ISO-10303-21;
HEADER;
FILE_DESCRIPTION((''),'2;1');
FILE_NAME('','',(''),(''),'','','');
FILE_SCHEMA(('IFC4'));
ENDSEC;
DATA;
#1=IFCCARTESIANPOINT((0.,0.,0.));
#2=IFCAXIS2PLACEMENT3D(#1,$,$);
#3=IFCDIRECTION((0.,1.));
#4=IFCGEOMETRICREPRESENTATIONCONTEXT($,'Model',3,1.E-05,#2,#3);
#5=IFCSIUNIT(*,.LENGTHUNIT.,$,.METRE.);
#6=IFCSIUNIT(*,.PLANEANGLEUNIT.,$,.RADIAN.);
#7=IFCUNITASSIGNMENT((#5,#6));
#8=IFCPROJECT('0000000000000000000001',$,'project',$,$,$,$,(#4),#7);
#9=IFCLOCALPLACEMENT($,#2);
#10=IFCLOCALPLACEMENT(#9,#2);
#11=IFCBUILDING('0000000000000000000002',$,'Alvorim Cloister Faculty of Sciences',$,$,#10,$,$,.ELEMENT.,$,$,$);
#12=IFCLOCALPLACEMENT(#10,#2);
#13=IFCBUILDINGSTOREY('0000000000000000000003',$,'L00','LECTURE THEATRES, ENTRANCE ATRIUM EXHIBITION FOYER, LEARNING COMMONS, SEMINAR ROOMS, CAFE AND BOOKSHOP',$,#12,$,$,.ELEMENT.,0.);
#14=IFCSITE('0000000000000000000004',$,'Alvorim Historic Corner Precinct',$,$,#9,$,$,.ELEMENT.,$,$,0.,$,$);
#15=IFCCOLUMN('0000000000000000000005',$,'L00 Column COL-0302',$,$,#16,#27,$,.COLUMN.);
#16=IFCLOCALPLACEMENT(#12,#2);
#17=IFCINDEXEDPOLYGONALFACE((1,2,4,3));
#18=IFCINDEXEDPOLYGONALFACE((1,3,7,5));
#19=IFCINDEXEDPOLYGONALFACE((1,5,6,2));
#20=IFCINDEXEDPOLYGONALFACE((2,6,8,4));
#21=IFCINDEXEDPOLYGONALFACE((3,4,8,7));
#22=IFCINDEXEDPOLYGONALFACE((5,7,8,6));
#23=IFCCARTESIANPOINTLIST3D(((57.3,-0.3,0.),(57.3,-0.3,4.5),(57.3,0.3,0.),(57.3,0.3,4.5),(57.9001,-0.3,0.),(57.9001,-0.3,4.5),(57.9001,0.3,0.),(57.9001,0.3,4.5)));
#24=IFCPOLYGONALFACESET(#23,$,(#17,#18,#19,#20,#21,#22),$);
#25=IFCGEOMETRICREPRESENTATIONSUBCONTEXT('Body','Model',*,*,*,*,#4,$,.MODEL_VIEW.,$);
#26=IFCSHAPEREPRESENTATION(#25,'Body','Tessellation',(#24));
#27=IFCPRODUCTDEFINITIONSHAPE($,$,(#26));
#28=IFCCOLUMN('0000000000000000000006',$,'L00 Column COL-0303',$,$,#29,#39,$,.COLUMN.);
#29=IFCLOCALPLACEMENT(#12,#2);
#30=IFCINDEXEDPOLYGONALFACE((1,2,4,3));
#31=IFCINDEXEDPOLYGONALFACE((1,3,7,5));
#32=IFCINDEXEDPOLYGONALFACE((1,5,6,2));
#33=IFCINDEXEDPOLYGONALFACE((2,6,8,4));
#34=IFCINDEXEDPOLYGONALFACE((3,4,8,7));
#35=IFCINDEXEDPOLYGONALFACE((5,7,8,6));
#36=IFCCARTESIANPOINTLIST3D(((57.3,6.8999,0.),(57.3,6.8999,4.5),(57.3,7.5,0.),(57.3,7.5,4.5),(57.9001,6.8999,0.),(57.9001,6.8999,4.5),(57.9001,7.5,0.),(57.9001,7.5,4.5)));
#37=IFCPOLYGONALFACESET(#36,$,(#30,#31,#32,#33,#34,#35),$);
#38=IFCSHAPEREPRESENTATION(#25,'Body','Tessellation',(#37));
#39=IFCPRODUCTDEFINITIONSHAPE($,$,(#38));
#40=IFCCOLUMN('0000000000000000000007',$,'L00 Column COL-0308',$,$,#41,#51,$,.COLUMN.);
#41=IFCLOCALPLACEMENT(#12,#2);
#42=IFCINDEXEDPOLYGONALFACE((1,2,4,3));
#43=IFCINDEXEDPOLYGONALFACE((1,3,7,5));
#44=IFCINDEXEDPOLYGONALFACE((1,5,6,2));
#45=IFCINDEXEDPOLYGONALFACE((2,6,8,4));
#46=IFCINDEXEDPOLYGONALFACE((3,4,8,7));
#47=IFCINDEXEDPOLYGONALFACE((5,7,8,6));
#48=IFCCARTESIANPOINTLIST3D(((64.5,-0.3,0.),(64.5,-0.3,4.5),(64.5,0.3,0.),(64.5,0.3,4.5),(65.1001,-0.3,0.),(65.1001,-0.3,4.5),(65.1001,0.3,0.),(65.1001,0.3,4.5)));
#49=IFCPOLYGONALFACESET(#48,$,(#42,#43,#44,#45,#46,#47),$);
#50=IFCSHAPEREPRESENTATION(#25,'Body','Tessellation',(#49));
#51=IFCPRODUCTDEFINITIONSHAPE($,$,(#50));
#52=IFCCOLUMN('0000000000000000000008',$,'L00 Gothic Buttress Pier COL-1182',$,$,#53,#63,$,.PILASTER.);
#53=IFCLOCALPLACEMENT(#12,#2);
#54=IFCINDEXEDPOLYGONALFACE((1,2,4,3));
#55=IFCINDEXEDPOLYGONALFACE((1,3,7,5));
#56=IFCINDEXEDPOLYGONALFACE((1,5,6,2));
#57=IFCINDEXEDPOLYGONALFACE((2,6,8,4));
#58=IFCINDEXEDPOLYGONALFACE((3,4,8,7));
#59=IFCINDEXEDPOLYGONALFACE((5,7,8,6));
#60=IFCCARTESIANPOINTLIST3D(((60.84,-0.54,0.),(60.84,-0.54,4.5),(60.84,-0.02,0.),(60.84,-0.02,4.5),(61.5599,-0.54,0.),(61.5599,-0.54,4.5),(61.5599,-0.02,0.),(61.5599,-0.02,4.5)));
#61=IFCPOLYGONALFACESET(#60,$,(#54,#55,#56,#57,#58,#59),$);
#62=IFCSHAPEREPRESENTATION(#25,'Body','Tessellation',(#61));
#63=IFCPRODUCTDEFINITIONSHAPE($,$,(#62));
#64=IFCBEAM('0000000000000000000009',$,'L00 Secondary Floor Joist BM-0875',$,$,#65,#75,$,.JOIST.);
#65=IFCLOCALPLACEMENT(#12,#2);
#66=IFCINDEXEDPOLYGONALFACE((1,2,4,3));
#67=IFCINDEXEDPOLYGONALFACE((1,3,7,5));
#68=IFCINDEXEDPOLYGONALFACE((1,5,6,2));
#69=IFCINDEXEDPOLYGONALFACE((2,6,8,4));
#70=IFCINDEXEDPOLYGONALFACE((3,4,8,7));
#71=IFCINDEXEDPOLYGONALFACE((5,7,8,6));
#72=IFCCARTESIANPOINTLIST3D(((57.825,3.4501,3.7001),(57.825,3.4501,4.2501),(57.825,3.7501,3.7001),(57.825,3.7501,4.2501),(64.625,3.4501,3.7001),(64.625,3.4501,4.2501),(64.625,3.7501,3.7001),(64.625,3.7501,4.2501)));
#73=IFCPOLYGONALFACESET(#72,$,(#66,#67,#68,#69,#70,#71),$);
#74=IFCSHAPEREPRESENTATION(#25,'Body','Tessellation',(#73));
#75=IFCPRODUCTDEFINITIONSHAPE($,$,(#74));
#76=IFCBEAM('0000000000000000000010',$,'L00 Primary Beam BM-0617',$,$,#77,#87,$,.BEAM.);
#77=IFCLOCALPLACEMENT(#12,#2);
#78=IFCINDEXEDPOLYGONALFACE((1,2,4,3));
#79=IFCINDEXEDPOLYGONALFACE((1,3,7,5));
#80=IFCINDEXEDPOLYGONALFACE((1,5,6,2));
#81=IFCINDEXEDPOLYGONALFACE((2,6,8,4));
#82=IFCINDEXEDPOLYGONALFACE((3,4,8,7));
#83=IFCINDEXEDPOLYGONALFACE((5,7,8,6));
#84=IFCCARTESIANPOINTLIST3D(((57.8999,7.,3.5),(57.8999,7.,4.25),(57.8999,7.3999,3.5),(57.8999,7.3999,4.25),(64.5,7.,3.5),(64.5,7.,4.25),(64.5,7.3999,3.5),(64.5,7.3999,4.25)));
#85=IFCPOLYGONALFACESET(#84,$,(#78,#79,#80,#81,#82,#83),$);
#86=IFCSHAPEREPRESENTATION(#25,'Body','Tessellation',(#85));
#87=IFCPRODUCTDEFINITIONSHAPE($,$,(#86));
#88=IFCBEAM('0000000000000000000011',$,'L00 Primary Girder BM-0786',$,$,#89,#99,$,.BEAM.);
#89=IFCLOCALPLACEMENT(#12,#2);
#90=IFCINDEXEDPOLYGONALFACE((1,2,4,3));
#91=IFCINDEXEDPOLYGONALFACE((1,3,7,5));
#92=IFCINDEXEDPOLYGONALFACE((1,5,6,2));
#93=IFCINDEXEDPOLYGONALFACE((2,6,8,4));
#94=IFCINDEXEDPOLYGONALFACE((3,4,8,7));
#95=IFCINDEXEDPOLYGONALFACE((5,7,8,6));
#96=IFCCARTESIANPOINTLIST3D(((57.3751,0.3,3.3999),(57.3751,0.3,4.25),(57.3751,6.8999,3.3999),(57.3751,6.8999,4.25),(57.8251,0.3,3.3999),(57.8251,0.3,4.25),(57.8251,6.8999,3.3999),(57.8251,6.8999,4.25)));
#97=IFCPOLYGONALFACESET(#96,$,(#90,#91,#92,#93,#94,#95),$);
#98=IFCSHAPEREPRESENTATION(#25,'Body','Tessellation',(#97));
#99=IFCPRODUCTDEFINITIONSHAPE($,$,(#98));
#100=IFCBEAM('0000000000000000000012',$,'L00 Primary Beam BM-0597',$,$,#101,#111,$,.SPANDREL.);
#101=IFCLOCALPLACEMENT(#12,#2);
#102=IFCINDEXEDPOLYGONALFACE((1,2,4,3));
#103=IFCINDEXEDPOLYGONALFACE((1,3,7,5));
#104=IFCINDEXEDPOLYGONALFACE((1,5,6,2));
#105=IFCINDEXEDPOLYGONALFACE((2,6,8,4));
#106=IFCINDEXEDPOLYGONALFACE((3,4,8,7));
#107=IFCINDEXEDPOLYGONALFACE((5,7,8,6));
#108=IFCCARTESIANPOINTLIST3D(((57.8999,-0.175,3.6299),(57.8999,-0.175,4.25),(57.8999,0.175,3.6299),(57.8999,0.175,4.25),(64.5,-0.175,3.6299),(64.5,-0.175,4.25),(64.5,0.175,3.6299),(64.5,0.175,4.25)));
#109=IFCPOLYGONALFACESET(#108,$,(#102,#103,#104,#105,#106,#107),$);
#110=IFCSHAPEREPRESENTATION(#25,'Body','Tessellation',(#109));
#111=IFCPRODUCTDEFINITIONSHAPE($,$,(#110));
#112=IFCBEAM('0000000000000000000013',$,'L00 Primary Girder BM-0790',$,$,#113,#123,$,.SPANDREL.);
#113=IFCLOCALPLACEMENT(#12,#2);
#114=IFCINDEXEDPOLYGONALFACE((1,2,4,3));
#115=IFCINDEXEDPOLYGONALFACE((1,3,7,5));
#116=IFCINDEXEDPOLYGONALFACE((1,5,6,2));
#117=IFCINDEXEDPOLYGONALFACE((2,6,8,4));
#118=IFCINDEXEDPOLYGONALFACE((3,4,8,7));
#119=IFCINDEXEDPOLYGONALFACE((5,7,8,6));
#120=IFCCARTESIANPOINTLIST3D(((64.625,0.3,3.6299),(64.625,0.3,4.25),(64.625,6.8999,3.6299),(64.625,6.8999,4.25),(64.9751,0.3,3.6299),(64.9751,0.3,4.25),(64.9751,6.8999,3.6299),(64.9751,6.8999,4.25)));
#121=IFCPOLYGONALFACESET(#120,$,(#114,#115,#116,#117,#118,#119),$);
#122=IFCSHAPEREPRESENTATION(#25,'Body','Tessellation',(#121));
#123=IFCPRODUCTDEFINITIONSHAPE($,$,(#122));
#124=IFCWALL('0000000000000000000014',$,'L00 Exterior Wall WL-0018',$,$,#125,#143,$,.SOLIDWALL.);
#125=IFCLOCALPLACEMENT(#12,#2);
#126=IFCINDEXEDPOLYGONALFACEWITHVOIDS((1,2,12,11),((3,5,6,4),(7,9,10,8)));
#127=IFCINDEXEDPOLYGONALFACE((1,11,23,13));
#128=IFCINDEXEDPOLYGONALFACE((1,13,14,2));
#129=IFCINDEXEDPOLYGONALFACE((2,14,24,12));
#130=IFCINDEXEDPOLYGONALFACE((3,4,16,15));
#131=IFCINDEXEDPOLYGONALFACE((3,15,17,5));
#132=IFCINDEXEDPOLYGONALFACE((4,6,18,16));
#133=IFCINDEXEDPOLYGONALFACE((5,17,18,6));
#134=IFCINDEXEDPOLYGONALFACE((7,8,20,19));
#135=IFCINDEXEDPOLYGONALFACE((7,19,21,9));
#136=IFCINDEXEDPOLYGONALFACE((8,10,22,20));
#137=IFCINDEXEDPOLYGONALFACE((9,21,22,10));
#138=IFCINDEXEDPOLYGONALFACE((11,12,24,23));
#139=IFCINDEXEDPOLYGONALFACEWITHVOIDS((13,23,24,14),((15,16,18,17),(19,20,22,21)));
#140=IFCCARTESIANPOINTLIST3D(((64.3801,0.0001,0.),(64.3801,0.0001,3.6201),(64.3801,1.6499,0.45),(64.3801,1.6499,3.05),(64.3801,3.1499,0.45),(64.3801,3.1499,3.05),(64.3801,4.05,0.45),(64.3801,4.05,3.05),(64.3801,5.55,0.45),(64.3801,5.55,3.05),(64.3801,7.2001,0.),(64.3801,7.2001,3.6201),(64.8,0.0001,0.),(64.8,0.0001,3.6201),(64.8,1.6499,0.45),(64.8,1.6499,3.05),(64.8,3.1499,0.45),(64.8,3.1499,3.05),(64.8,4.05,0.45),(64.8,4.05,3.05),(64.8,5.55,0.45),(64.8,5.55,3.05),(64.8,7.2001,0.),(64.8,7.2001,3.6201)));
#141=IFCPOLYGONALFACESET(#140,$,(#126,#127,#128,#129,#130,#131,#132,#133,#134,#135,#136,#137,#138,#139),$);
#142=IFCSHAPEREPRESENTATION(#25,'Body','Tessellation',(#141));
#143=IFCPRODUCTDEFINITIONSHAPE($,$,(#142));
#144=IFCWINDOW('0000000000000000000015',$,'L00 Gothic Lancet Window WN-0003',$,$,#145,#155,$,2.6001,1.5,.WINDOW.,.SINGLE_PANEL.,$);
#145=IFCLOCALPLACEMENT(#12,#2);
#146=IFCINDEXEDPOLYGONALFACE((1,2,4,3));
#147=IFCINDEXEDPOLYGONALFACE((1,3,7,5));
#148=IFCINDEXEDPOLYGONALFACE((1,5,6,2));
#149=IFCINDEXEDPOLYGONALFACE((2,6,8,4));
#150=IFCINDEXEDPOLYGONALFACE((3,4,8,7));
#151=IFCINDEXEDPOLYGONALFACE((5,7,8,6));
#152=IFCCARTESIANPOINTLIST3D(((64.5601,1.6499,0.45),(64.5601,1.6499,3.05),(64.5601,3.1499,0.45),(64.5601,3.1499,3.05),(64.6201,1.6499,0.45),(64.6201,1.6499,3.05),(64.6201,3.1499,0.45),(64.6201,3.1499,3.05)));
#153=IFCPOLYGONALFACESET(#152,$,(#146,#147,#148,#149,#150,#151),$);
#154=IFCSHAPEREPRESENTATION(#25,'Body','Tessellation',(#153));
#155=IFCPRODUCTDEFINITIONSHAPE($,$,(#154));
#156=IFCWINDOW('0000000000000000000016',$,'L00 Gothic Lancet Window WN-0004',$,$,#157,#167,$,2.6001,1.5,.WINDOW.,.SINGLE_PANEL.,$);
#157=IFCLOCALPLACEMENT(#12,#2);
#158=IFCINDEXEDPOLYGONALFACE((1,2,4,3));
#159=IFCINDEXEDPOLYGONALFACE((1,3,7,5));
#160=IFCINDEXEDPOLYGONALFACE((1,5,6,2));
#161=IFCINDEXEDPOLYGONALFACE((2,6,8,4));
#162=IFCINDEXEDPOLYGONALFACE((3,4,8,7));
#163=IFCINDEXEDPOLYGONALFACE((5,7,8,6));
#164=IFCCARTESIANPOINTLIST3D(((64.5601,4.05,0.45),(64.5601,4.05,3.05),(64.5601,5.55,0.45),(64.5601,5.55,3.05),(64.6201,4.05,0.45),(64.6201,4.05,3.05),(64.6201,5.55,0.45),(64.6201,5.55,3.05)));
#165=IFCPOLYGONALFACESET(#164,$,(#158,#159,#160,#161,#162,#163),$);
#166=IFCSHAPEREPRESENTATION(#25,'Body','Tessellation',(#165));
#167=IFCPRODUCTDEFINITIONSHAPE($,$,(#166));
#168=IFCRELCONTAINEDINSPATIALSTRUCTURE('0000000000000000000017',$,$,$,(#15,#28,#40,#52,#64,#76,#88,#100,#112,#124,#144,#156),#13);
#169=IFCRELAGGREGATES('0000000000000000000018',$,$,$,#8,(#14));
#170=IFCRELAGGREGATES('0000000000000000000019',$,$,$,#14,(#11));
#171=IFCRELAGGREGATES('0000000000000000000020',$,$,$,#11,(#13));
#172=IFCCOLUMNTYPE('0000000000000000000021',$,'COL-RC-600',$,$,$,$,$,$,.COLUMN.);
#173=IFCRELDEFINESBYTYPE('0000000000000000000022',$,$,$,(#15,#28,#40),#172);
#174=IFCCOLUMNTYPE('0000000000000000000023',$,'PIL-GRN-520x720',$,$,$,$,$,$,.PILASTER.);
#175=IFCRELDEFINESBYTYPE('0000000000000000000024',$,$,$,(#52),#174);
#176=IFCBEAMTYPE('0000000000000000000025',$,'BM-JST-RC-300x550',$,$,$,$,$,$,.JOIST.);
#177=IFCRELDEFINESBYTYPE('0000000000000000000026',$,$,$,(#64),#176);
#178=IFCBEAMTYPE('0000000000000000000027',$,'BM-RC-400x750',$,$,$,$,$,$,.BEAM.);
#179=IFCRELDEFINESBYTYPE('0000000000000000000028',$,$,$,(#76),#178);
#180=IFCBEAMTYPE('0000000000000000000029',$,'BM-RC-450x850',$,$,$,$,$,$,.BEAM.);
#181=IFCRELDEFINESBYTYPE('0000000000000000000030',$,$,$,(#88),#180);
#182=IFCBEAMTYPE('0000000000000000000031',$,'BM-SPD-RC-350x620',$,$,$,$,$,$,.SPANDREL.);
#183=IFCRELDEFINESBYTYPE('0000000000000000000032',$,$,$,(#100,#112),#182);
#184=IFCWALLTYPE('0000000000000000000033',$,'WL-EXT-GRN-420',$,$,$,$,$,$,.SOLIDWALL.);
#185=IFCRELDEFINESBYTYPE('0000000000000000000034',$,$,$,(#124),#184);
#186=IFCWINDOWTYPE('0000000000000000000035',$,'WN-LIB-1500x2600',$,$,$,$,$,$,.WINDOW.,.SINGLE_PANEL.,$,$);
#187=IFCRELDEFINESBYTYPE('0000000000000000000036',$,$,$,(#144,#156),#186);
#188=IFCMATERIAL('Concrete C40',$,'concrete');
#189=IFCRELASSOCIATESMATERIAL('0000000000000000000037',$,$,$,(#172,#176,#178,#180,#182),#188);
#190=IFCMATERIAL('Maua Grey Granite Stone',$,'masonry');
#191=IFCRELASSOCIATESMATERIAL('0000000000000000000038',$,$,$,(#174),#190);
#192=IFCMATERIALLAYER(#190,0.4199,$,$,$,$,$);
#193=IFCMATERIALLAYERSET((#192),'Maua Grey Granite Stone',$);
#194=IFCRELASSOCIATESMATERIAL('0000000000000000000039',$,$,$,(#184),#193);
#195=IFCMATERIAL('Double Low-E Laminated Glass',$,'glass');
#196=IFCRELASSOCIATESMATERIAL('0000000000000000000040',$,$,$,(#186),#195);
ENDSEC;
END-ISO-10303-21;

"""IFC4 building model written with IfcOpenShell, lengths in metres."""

from ifc_helpers import new_model, si_unit, direction, frame, frame_2d, origin, origin_2d, place, context, subcontext, project, spatial, rectangle, extrude, material, layer, layer_set, material_profile, profile_set, type_object, element, fill, save


model = new_model("IFC4")

# Units and contexts
model_context = context("Model", 3, precision=1e-05, world=origin(), true_north=direction((0.0, 1.0)))
body_context = subcontext(model_context, "Body", "Model", "MODEL_VIEW")
ifc_project = project(units=[si_unit("LENGTHUNIT", "METRE"), si_unit("PLANEANGLEUNIT", "RADIAN")], contexts=[model_context])

# Site, building, storey
site_placement = place(None, origin())
site = spatial("IfcSite", under=ifc_project, at=site_placement, Name="Alvorim Historic Corner Precinct", CompositionType="ELEMENT", RefElevation=0.0)
building_placement = place(site_placement, origin())
building = spatial("IfcBuilding", under=site, at=building_placement, Name="Alvorim Cloister Faculty of Sciences", CompositionType="ELEMENT")
storey_placement = place(building_placement, origin())
storey = spatial("IfcBuildingStorey", under=building, at=storey_placement, Name="L00", Description="LECTURE THEATRES, ENTRANCE ATRIUM EXHIBITION FOYER, LEARNING COMMONS, SEMINAR ROOMS, CAFE AND BOOKSHOP", CompositionType="ELEMENT", Elevation=0.0)

# Columns
ifc_material_1 = material(Name="Concrete C40", Category="concrete")
ifc_material_profile_1 = material_profile(ifc_material_1, rectangle(XDim=0.6001, YDim=0.6001, at=origin_2d()), Name="RC40-COL-600x600")
ifc_profile_set_1 = profile_set([ifc_material_profile_1], Name="Concrete C40")
column_type_1 = type_object("IfcColumnType", Name="COL-RC-600", PredefinedType="COLUMN", material=ifc_profile_set_1)
for number, where, z_axis, x_axis, name in (
    (1, (57.6001, 0.0, 0.0), (0.0, 0.0, 1.0), (1.0, 0.0, 0.0), "L00 Column COL-0302"),
    (2, (57.6001, 7.2, 0.0), (0.0, 0.0, 1.0), (1.0, 0.0, 0.0), "L00 Column COL-0303"),
    (3, (64.8, 0.0, 0.0), (0.0, 0.0, 1.0), (1.0, 0.0, 0.0), "L00 Column COL-0308"),
):
    element("IfcColumn", number, at=place(storey_placement, frame(where, z_axis=z_axis, x_axis=x_axis)), inside=storey, type_object=column_type_1, Name=name, PredefinedType="COLUMN", context=body_context, shape_type="SweptSolid", body=[
        extrude(rectangle(XDim=0.6001, YDim=0.6001, at=origin_2d()), origin(), (0.0, 0.0, 1.0), 4.5),
    ])
ifc_material_2 = material(Name="Maua Grey Granite Stone", Category="masonry")
ifc_material_profile_2 = material_profile(ifc_material_2, rectangle(XDim=0.52, YDim=0.72, at=origin_2d()), Name="GRN-PIER-520x720")
ifc_profile_set_2 = profile_set([ifc_material_profile_2], Name="Maua Grey Granite Stone")
column_type_2 = type_object("IfcColumnType", Name="PIL-GRN-520x720", PredefinedType="PILASTER", material=ifc_profile_set_2)
column_placement = place(storey_placement, frame((61.2, -0.28, 0.0), z_axis=(0.0, 0.0, 1.0), x_axis=(0.0, 1.0, 0.0)))
element("IfcColumn", 4, at=column_placement, inside=storey, type_object=column_type_2, Name="L00 Gothic Buttress Pier COL-1182", PredefinedType="PILASTER", context=body_context, shape_type="SweptSolid", body=[
    extrude(rectangle(XDim=0.52, YDim=0.72, at=origin_2d()), origin(), (0.0, 0.0, 1.0), 4.5),
])

# Beams
ifc_material_profile_3 = material_profile(ifc_material_1, rectangle(XDim=0.3, YDim=0.55, at=origin_2d()), Name="RC40-JST-300x550")
ifc_profile_set_3 = profile_set([ifc_material_profile_3], Name="Concrete C40")
beam_type_1 = type_object("IfcBeamType", Name="BM-JST-RC-300x550", PredefinedType="JOIST", material=ifc_profile_set_3)
beam_1_placement = place(storey_placement, frame((57.825, 3.6001, 3.9751), z_axis=(1.0, 0.0, 0.0), x_axis=(0.0, 1.0, 0.0)))
element("IfcBeam", 5, at=beam_1_placement, inside=storey, type_object=beam_type_1, Name="L00 Secondary Floor Joist BM-0875", PredefinedType="JOIST", context=body_context, shape_type="SweptSolid", body=[
    extrude(rectangle(XDim=0.3, YDim=0.55, at=origin_2d()), origin(), (0.0, 0.0, 1.0), 6.8),
])
ifc_material_profile_4 = material_profile(ifc_material_1, rectangle(XDim=0.3999, YDim=0.75, at=origin_2d()), Name="RC40-BM-400x750")
ifc_profile_set_4 = profile_set([ifc_material_profile_4], Name="Concrete C40")
beam_type_2 = type_object("IfcBeamType", Name="BM-RC-400x750", PredefinedType="BEAM", material=ifc_profile_set_4)
beam_2_placement = place(storey_placement, frame((57.8999, 7.2, 3.875), z_axis=(1.0, 0.0, 0.0), x_axis=(0.0, 1.0, 0.0)))
element("IfcBeam", 6, at=beam_2_placement, inside=storey, type_object=beam_type_2, Name="L00 Primary Beam BM-0617", PredefinedType="BEAM", context=body_context, shape_type="SweptSolid", body=[
    extrude(rectangle(XDim=0.3999, YDim=0.75, at=origin_2d()), origin(), (0.0, 0.0, 1.0), 6.6001),
])
ifc_material_profile_5 = material_profile(ifc_material_1, rectangle(XDim=0.45, YDim=0.8501, at=origin_2d()), Name="RC40-BM-450x850")
ifc_profile_set_5 = profile_set([ifc_material_profile_5], Name="Concrete C40")
beam_type_3 = type_object("IfcBeamType", Name="BM-RC-450x850", PredefinedType="BEAM", material=ifc_profile_set_5)
beam_3_placement = place(storey_placement, frame((57.6001, 0.3, 3.825), z_axis=(0.0, 1.0, 0.0), x_axis=(-1.0, 0.0, 0.0)))
element("IfcBeam", 7, at=beam_3_placement, inside=storey, type_object=beam_type_3, Name="L00 Primary Girder BM-0786", PredefinedType="BEAM", context=body_context, shape_type="SweptSolid", body=[
    extrude(rectangle(XDim=0.45, YDim=0.8501, at=origin_2d()), origin(), (0.0, 0.0, 1.0), 6.5999),
])
ifc_material_profile_6 = material_profile(ifc_material_1, rectangle(XDim=0.3501, YDim=0.6201, at=origin_2d()), Name="RC40-SPD-350x620")
ifc_profile_set_6 = profile_set([ifc_material_profile_6], Name="Concrete C40")
beam_type_4 = type_object("IfcBeamType", Name="BM-SPD-RC-350x620", PredefinedType="SPANDREL", material=ifc_profile_set_6)
beam_4_placement = place(storey_placement, frame((57.8999, 0.0, 3.9399), z_axis=(1.0, 0.0, 0.0), x_axis=(0.0, 1.0, 0.0)))
element("IfcBeam", 8, at=beam_4_placement, inside=storey, type_object=beam_type_4, Name="L00 Primary Beam BM-0597", PredefinedType="SPANDREL", context=body_context, shape_type="SweptSolid", body=[
    extrude(rectangle(XDim=0.3501, YDim=0.6201, at=origin_2d()), origin(), (0.0, 0.0, 1.0), 6.6001),
])
beam_5_placement = place(storey_placement, frame((64.8, 0.3, 3.9399), z_axis=(0.0, 1.0, 0.0), x_axis=(-1.0, 0.0, 0.0)))
element("IfcBeam", 9, at=beam_5_placement, inside=storey, type_object=beam_type_4, Name="L00 Primary Girder BM-0790", PredefinedType="SPANDREL", context=body_context, shape_type="SweptSolid", body=[
    extrude(rectangle(XDim=0.3501, YDim=0.6201, at=origin_2d()), origin(), (0.0, 0.0, 1.0), 6.5999),
])

# Wall, openings, windows
ifc_layer_1 = layer(ifc_material_2, 0.4199)
ifc_layer_set_1 = layer_set([ifc_layer_1], Name="Maua Grey Granite Stone")
wall_type = type_object("IfcWallType", Name="WL-EXT-GRN-420", PredefinedType="SOLIDWALL", material=ifc_layer_set_1)
wall_1_placement = place(storey_placement, frame((64.5901, 0.0, 0.0), z_axis=(0.0, 0.0, 1.0), x_axis=(0.0, 1.0, 0.0)))
wall_1 = element("IfcWall", 10, at=wall_1_placement, inside=storey, type_object=wall_type, Name="L00 Exterior Wall WL-0018", PredefinedType="SOLIDWALL", context=body_context, shape_type="SweptSolid", body=[
    extrude(rectangle(XDim=7.2, YDim=0.4199, at=frame_2d((3.6001, 0.0))), origin(), (0.0, 0.0, 1.0), 3.6201),
])
opening_1_placement = place(wall_1_placement, frame((1.6499, 0.0, 0.45)))
opening_1 = element("IfcOpeningElement", 11, at=opening_1_placement, cuts=wall_1, PredefinedType="OPENING", context=body_context, shape_type="SweptSolid", body=[
    extrude(rectangle(XDim=1.5, YDim=2.6001, at=frame_2d((0.75, 1.3))), frame((0.0, 0.2219, 0.0), z_axis=(0.0, -1.0, 0.0), x_axis=(1.0, 0.0, 0.0)), (0.0, 0.0, 1.0), 0.4438),
])
opening_2_placement = place(wall_1_placement, frame((4.05, 0.0, 0.45)))
opening_2 = element("IfcOpeningElement", 12, at=opening_2_placement, cuts=wall_1, PredefinedType="OPENING", context=body_context, shape_type="SweptSolid", body=[
    extrude(rectangle(XDim=1.5, YDim=2.6001, at=frame_2d((0.75, 1.3))), frame((0.0, 0.2219, 0.0), z_axis=(0.0, -1.0, 0.0), x_axis=(1.0, 0.0, 0.0)), (0.0, 0.0, 1.0), 0.4438),
])
ifc_material_3 = material(Name="Double Low-E Laminated Glass", Category="glass")
window_type_1 = type_object("IfcWindowType", Name="WN-LIB-1500x2600", PartitioningType="SINGLE_PANEL", PredefinedType="WINDOW", material=ifc_material_3)
window_1_placement = place(opening_1_placement, origin())
window_1 = element("IfcWindow", 13, at=window_1_placement, inside=storey, type_object=window_type_1, Name="L00 Gothic Lancet Window WN-0003", OverallHeight=2.6001, OverallWidth=1.5, PartitioningType="SINGLE_PANEL", PredefinedType="WINDOW", context=body_context, shape_type="SweptSolid", body=[
    extrude(rectangle(XDim=1.5, YDim=2.6001, at=frame_2d((0.75, 1.3))), frame((0.0, 0.03, 0.0), z_axis=(0.0, -1.0, 0.0), x_axis=(1.0, 0.0, 0.0)), (0.0, 0.0, 1.0), 0.0601),
])
fill(opening_1, window_1)
window_2_placement = place(opening_2_placement, origin())
window_2 = element("IfcWindow", 14, at=window_2_placement, inside=storey, type_object=window_type_1, Name="L00 Gothic Lancet Window WN-0004", OverallHeight=2.6001, OverallWidth=1.5, PartitioningType="SINGLE_PANEL", PredefinedType="WINDOW", context=body_context, shape_type="SweptSolid", body=[
    extrude(rectangle(XDim=1.5, YDim=2.6001, at=frame_2d((0.75, 1.3))), frame((0.0, 0.03, 0.0), z_axis=(0.0, -1.0, 0.0), x_axis=(1.0, 0.0, 0.0)), (0.0, 0.0, 1.0), 0.0601),
])
fill(opening_2, window_2)

save(model, "model.ifc")
